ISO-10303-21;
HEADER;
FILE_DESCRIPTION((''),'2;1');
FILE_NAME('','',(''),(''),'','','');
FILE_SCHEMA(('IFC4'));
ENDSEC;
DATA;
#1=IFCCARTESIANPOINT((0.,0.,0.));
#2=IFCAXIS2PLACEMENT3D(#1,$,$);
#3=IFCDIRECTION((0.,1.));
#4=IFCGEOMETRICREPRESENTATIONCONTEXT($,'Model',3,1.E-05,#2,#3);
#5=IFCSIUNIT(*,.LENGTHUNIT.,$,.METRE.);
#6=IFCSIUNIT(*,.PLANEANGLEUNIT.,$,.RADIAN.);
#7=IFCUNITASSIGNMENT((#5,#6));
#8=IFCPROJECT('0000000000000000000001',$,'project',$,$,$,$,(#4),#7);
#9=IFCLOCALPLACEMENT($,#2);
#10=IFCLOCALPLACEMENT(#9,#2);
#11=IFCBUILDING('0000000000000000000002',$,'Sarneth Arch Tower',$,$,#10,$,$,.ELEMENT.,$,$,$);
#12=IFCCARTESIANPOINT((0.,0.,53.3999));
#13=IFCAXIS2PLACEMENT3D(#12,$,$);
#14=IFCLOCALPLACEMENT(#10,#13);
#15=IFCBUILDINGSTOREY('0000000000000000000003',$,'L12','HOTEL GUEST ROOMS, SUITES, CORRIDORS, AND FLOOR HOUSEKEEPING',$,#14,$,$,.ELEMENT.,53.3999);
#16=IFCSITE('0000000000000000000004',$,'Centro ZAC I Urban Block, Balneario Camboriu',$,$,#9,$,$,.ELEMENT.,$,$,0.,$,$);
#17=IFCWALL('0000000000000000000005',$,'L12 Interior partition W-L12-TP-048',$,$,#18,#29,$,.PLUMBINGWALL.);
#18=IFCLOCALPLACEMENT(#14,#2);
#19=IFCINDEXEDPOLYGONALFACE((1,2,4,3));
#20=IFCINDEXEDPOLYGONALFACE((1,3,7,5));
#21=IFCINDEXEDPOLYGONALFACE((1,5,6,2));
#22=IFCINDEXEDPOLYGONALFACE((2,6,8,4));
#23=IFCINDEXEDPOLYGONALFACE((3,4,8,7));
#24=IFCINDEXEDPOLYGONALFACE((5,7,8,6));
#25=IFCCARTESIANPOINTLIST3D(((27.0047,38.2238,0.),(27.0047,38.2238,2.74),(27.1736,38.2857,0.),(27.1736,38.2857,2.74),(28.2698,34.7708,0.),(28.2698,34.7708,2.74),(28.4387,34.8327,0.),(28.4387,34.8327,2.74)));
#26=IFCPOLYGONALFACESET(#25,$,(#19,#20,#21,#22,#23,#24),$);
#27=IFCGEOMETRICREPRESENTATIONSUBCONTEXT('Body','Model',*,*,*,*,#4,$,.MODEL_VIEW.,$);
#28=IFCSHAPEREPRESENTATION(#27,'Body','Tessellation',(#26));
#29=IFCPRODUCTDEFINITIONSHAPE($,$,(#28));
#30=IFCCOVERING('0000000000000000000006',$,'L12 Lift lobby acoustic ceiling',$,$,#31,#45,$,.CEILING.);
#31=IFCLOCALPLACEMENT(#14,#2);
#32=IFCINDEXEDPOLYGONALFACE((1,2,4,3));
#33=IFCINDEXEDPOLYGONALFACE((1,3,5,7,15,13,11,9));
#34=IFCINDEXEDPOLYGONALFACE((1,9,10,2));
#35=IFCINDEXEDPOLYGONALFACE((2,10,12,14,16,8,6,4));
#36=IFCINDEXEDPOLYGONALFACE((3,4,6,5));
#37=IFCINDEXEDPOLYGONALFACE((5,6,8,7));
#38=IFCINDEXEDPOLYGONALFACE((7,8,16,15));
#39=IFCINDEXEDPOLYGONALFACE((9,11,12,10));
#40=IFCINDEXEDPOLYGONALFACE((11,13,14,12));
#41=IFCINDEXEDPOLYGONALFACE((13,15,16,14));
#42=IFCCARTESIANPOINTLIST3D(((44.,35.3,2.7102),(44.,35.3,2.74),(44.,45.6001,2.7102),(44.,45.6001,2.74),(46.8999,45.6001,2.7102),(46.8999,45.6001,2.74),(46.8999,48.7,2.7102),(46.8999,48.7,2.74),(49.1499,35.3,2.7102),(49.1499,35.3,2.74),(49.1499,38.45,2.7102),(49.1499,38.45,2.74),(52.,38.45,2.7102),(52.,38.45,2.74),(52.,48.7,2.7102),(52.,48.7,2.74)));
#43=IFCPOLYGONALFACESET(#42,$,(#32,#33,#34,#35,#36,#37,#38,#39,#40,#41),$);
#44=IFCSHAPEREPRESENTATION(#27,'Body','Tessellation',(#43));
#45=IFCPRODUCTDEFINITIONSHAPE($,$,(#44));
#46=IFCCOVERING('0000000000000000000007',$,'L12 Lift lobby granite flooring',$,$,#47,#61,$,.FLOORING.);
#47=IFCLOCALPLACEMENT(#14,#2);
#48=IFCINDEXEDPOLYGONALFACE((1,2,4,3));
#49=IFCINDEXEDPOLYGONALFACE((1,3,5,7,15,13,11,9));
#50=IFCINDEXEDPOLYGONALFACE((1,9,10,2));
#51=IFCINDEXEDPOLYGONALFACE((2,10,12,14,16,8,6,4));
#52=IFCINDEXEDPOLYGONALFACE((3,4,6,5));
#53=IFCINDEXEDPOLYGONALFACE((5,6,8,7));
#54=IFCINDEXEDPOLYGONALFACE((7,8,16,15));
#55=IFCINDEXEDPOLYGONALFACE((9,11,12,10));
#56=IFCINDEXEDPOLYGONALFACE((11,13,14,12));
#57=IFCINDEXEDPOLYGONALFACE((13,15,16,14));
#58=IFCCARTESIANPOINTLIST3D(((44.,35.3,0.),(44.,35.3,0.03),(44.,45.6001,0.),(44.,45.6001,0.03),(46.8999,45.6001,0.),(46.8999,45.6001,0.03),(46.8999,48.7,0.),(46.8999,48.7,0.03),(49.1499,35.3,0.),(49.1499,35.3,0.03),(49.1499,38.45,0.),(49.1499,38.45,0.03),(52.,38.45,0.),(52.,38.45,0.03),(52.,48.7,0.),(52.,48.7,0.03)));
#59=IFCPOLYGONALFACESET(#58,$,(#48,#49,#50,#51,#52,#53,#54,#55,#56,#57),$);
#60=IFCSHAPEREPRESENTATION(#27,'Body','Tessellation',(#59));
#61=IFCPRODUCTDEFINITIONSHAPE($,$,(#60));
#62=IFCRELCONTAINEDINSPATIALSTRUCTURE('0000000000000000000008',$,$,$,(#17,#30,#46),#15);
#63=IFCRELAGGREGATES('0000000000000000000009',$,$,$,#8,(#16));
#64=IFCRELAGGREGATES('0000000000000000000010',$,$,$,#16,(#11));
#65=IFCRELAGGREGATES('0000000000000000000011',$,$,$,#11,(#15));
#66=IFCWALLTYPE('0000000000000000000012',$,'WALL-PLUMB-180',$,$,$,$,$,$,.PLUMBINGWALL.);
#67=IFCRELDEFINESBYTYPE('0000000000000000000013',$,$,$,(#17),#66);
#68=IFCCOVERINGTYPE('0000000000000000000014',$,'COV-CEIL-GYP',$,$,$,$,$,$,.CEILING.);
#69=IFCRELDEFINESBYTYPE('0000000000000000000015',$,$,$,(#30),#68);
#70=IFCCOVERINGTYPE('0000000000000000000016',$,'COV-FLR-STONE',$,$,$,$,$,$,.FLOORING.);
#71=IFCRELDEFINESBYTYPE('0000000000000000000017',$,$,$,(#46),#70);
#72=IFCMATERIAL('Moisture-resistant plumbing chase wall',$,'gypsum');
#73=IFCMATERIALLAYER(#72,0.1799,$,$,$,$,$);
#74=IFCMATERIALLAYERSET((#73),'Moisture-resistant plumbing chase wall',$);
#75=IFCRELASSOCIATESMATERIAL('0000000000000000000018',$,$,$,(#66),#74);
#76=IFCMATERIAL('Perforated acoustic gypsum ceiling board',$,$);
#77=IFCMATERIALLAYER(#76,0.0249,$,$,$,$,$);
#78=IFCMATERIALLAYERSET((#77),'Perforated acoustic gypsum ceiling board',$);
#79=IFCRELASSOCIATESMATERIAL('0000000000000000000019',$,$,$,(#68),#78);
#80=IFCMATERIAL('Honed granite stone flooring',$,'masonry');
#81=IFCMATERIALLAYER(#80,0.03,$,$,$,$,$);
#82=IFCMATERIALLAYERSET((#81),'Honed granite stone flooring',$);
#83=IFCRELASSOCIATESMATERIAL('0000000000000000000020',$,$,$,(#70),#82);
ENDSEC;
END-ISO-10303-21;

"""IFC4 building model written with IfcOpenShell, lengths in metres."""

from ifc_helpers import new_model, si_unit, direction, frame, frame_2d, origin, place, context, subcontext, project, spatial, polyline, rectangle, outline, extrude, material, layer, layer_set, type_object, element, save


model = new_model("IFC4")

# Units and contexts
model_context = context("Model", 3, precision=1e-05, world=origin(), true_north=direction((0.0, 1.0)))
body_context = subcontext(model_context, "Body", "Model", "MODEL_VIEW")
ifc_project = project(units=[si_unit("LENGTHUNIT", "METRE"), si_unit("PLANEANGLEUNIT", "RADIAN")], contexts=[model_context])

# Site, building, storey
site_placement = place(None, origin())
site = spatial("IfcSite", under=ifc_project, at=site_placement, Name="Centro ZAC I Urban Block, Balneario Camboriu", CompositionType="ELEMENT", RefElevation=0.0)
building_placement = place(site_placement, origin())
building = spatial("IfcBuilding", under=site, at=building_placement, Name="Sarneth Arch Tower", CompositionType="ELEMENT")
storey_placement = place(building_placement, frame((0.0, 0.0, 53.3999)))
storey = spatial("IfcBuildingStorey", under=building, at=storey_placement, Name="L12", Description="HOTEL GUEST ROOMS, SUITES, CORRIDORS, AND FLOOR HOUSEKEEPING", CompositionType="ELEMENT", Elevation=53.3999)

# Wall
ifc_material_1 = material(Name="Moisture-resistant plumbing chase wall", Category="gypsum")
ifc_layer_1 = layer(ifc_material_1, 0.1799)
ifc_layer_set_1 = layer_set([ifc_layer_1], Name="Moisture-resistant plumbing chase wall")
wall_type_1 = type_object("IfcWallType", Name="WALL-PLUMB-180", PredefinedType="PLUMBINGWALL", material=ifc_layer_set_1)
wall_1_placement = place(storey_placement, frame((27.0891, 38.2549, 0.0), z_axis=(0.0, 0.0, 1.0), x_axis=(0.344013, -0.938965, 0.0)))
element("IfcWall", 1, at=wall_1_placement, inside=storey, type_object=wall_type_1, Name="L12 Interior partition W-L12-TP-048", PredefinedType="PLUMBINGWALL", context=body_context, shape_type="SweptSolid", body=[
    extrude(rectangle(XDim=3.6775, YDim=0.1799, at=frame_2d((1.8389, 0.0))), origin(), (0.0, 0.0, 1.0), 2.74),
])

# Coverings
ifc_material_2 = material(Name="Perforated acoustic gypsum ceiling board")
ifc_layer_2 = layer(ifc_material_2, 0.0249)
ifc_layer_set_2 = layer_set([ifc_layer_2], Name="Perforated acoustic gypsum ceiling board")
covering_type_1 = type_object("IfcCoveringType", Name="COV-CEIL-GYP", PredefinedType="CEILING", material=ifc_layer_set_2)
covering_1_placement = place(storey_placement, frame((0.0, 0.0, 2.7102)))
element("IfcCovering", 2, at=covering_1_placement, inside=storey, type_object=covering_type_1, Name="L12 Lift lobby acoustic ceiling", PredefinedType="CEILING", context=body_context, shape_type="SweptSolid", body=[
    extrude(outline(polyline([(49.1499, 38.45), (49.1499, 35.3), (44.0, 35.3), (44.0, 45.6001), (46.8999, 45.6001), (46.8999, 48.7), (52.0, 48.7), (52.0, 38.45), (49.1499, 38.45)])), origin(), (0.0, 0.0, 1.0), 0.0298),
])
ifc_material_3 = material(Name="Honed granite stone flooring", Category="masonry")
ifc_layer_3 = layer(ifc_material_3, 0.03)
ifc_layer_set_3 = layer_set([ifc_layer_3], Name="Honed granite stone flooring")
covering_type_2 = type_object("IfcCoveringType", Name="COV-FLR-STONE", PredefinedType="FLOORING", material=ifc_layer_set_3)
covering_2_placement = place(storey_placement, origin())
element("IfcCovering", 3, at=covering_2_placement, inside=storey, type_object=covering_type_2, Name="L12 Lift lobby granite flooring", PredefinedType="FLOORING", context=body_context, shape_type="SweptSolid", body=[
    extrude(outline(polyline([(49.1499, 38.45), (49.1499, 35.3), (44.0, 35.3), (44.0, 45.6001), (46.8999, 45.6001), (46.8999, 48.7), (52.0, 48.7), (52.0, 38.45), (49.1499, 38.45)])), origin(), (0.0, 0.0, 1.0), 0.03),
])

save(model, "model.ifc")
